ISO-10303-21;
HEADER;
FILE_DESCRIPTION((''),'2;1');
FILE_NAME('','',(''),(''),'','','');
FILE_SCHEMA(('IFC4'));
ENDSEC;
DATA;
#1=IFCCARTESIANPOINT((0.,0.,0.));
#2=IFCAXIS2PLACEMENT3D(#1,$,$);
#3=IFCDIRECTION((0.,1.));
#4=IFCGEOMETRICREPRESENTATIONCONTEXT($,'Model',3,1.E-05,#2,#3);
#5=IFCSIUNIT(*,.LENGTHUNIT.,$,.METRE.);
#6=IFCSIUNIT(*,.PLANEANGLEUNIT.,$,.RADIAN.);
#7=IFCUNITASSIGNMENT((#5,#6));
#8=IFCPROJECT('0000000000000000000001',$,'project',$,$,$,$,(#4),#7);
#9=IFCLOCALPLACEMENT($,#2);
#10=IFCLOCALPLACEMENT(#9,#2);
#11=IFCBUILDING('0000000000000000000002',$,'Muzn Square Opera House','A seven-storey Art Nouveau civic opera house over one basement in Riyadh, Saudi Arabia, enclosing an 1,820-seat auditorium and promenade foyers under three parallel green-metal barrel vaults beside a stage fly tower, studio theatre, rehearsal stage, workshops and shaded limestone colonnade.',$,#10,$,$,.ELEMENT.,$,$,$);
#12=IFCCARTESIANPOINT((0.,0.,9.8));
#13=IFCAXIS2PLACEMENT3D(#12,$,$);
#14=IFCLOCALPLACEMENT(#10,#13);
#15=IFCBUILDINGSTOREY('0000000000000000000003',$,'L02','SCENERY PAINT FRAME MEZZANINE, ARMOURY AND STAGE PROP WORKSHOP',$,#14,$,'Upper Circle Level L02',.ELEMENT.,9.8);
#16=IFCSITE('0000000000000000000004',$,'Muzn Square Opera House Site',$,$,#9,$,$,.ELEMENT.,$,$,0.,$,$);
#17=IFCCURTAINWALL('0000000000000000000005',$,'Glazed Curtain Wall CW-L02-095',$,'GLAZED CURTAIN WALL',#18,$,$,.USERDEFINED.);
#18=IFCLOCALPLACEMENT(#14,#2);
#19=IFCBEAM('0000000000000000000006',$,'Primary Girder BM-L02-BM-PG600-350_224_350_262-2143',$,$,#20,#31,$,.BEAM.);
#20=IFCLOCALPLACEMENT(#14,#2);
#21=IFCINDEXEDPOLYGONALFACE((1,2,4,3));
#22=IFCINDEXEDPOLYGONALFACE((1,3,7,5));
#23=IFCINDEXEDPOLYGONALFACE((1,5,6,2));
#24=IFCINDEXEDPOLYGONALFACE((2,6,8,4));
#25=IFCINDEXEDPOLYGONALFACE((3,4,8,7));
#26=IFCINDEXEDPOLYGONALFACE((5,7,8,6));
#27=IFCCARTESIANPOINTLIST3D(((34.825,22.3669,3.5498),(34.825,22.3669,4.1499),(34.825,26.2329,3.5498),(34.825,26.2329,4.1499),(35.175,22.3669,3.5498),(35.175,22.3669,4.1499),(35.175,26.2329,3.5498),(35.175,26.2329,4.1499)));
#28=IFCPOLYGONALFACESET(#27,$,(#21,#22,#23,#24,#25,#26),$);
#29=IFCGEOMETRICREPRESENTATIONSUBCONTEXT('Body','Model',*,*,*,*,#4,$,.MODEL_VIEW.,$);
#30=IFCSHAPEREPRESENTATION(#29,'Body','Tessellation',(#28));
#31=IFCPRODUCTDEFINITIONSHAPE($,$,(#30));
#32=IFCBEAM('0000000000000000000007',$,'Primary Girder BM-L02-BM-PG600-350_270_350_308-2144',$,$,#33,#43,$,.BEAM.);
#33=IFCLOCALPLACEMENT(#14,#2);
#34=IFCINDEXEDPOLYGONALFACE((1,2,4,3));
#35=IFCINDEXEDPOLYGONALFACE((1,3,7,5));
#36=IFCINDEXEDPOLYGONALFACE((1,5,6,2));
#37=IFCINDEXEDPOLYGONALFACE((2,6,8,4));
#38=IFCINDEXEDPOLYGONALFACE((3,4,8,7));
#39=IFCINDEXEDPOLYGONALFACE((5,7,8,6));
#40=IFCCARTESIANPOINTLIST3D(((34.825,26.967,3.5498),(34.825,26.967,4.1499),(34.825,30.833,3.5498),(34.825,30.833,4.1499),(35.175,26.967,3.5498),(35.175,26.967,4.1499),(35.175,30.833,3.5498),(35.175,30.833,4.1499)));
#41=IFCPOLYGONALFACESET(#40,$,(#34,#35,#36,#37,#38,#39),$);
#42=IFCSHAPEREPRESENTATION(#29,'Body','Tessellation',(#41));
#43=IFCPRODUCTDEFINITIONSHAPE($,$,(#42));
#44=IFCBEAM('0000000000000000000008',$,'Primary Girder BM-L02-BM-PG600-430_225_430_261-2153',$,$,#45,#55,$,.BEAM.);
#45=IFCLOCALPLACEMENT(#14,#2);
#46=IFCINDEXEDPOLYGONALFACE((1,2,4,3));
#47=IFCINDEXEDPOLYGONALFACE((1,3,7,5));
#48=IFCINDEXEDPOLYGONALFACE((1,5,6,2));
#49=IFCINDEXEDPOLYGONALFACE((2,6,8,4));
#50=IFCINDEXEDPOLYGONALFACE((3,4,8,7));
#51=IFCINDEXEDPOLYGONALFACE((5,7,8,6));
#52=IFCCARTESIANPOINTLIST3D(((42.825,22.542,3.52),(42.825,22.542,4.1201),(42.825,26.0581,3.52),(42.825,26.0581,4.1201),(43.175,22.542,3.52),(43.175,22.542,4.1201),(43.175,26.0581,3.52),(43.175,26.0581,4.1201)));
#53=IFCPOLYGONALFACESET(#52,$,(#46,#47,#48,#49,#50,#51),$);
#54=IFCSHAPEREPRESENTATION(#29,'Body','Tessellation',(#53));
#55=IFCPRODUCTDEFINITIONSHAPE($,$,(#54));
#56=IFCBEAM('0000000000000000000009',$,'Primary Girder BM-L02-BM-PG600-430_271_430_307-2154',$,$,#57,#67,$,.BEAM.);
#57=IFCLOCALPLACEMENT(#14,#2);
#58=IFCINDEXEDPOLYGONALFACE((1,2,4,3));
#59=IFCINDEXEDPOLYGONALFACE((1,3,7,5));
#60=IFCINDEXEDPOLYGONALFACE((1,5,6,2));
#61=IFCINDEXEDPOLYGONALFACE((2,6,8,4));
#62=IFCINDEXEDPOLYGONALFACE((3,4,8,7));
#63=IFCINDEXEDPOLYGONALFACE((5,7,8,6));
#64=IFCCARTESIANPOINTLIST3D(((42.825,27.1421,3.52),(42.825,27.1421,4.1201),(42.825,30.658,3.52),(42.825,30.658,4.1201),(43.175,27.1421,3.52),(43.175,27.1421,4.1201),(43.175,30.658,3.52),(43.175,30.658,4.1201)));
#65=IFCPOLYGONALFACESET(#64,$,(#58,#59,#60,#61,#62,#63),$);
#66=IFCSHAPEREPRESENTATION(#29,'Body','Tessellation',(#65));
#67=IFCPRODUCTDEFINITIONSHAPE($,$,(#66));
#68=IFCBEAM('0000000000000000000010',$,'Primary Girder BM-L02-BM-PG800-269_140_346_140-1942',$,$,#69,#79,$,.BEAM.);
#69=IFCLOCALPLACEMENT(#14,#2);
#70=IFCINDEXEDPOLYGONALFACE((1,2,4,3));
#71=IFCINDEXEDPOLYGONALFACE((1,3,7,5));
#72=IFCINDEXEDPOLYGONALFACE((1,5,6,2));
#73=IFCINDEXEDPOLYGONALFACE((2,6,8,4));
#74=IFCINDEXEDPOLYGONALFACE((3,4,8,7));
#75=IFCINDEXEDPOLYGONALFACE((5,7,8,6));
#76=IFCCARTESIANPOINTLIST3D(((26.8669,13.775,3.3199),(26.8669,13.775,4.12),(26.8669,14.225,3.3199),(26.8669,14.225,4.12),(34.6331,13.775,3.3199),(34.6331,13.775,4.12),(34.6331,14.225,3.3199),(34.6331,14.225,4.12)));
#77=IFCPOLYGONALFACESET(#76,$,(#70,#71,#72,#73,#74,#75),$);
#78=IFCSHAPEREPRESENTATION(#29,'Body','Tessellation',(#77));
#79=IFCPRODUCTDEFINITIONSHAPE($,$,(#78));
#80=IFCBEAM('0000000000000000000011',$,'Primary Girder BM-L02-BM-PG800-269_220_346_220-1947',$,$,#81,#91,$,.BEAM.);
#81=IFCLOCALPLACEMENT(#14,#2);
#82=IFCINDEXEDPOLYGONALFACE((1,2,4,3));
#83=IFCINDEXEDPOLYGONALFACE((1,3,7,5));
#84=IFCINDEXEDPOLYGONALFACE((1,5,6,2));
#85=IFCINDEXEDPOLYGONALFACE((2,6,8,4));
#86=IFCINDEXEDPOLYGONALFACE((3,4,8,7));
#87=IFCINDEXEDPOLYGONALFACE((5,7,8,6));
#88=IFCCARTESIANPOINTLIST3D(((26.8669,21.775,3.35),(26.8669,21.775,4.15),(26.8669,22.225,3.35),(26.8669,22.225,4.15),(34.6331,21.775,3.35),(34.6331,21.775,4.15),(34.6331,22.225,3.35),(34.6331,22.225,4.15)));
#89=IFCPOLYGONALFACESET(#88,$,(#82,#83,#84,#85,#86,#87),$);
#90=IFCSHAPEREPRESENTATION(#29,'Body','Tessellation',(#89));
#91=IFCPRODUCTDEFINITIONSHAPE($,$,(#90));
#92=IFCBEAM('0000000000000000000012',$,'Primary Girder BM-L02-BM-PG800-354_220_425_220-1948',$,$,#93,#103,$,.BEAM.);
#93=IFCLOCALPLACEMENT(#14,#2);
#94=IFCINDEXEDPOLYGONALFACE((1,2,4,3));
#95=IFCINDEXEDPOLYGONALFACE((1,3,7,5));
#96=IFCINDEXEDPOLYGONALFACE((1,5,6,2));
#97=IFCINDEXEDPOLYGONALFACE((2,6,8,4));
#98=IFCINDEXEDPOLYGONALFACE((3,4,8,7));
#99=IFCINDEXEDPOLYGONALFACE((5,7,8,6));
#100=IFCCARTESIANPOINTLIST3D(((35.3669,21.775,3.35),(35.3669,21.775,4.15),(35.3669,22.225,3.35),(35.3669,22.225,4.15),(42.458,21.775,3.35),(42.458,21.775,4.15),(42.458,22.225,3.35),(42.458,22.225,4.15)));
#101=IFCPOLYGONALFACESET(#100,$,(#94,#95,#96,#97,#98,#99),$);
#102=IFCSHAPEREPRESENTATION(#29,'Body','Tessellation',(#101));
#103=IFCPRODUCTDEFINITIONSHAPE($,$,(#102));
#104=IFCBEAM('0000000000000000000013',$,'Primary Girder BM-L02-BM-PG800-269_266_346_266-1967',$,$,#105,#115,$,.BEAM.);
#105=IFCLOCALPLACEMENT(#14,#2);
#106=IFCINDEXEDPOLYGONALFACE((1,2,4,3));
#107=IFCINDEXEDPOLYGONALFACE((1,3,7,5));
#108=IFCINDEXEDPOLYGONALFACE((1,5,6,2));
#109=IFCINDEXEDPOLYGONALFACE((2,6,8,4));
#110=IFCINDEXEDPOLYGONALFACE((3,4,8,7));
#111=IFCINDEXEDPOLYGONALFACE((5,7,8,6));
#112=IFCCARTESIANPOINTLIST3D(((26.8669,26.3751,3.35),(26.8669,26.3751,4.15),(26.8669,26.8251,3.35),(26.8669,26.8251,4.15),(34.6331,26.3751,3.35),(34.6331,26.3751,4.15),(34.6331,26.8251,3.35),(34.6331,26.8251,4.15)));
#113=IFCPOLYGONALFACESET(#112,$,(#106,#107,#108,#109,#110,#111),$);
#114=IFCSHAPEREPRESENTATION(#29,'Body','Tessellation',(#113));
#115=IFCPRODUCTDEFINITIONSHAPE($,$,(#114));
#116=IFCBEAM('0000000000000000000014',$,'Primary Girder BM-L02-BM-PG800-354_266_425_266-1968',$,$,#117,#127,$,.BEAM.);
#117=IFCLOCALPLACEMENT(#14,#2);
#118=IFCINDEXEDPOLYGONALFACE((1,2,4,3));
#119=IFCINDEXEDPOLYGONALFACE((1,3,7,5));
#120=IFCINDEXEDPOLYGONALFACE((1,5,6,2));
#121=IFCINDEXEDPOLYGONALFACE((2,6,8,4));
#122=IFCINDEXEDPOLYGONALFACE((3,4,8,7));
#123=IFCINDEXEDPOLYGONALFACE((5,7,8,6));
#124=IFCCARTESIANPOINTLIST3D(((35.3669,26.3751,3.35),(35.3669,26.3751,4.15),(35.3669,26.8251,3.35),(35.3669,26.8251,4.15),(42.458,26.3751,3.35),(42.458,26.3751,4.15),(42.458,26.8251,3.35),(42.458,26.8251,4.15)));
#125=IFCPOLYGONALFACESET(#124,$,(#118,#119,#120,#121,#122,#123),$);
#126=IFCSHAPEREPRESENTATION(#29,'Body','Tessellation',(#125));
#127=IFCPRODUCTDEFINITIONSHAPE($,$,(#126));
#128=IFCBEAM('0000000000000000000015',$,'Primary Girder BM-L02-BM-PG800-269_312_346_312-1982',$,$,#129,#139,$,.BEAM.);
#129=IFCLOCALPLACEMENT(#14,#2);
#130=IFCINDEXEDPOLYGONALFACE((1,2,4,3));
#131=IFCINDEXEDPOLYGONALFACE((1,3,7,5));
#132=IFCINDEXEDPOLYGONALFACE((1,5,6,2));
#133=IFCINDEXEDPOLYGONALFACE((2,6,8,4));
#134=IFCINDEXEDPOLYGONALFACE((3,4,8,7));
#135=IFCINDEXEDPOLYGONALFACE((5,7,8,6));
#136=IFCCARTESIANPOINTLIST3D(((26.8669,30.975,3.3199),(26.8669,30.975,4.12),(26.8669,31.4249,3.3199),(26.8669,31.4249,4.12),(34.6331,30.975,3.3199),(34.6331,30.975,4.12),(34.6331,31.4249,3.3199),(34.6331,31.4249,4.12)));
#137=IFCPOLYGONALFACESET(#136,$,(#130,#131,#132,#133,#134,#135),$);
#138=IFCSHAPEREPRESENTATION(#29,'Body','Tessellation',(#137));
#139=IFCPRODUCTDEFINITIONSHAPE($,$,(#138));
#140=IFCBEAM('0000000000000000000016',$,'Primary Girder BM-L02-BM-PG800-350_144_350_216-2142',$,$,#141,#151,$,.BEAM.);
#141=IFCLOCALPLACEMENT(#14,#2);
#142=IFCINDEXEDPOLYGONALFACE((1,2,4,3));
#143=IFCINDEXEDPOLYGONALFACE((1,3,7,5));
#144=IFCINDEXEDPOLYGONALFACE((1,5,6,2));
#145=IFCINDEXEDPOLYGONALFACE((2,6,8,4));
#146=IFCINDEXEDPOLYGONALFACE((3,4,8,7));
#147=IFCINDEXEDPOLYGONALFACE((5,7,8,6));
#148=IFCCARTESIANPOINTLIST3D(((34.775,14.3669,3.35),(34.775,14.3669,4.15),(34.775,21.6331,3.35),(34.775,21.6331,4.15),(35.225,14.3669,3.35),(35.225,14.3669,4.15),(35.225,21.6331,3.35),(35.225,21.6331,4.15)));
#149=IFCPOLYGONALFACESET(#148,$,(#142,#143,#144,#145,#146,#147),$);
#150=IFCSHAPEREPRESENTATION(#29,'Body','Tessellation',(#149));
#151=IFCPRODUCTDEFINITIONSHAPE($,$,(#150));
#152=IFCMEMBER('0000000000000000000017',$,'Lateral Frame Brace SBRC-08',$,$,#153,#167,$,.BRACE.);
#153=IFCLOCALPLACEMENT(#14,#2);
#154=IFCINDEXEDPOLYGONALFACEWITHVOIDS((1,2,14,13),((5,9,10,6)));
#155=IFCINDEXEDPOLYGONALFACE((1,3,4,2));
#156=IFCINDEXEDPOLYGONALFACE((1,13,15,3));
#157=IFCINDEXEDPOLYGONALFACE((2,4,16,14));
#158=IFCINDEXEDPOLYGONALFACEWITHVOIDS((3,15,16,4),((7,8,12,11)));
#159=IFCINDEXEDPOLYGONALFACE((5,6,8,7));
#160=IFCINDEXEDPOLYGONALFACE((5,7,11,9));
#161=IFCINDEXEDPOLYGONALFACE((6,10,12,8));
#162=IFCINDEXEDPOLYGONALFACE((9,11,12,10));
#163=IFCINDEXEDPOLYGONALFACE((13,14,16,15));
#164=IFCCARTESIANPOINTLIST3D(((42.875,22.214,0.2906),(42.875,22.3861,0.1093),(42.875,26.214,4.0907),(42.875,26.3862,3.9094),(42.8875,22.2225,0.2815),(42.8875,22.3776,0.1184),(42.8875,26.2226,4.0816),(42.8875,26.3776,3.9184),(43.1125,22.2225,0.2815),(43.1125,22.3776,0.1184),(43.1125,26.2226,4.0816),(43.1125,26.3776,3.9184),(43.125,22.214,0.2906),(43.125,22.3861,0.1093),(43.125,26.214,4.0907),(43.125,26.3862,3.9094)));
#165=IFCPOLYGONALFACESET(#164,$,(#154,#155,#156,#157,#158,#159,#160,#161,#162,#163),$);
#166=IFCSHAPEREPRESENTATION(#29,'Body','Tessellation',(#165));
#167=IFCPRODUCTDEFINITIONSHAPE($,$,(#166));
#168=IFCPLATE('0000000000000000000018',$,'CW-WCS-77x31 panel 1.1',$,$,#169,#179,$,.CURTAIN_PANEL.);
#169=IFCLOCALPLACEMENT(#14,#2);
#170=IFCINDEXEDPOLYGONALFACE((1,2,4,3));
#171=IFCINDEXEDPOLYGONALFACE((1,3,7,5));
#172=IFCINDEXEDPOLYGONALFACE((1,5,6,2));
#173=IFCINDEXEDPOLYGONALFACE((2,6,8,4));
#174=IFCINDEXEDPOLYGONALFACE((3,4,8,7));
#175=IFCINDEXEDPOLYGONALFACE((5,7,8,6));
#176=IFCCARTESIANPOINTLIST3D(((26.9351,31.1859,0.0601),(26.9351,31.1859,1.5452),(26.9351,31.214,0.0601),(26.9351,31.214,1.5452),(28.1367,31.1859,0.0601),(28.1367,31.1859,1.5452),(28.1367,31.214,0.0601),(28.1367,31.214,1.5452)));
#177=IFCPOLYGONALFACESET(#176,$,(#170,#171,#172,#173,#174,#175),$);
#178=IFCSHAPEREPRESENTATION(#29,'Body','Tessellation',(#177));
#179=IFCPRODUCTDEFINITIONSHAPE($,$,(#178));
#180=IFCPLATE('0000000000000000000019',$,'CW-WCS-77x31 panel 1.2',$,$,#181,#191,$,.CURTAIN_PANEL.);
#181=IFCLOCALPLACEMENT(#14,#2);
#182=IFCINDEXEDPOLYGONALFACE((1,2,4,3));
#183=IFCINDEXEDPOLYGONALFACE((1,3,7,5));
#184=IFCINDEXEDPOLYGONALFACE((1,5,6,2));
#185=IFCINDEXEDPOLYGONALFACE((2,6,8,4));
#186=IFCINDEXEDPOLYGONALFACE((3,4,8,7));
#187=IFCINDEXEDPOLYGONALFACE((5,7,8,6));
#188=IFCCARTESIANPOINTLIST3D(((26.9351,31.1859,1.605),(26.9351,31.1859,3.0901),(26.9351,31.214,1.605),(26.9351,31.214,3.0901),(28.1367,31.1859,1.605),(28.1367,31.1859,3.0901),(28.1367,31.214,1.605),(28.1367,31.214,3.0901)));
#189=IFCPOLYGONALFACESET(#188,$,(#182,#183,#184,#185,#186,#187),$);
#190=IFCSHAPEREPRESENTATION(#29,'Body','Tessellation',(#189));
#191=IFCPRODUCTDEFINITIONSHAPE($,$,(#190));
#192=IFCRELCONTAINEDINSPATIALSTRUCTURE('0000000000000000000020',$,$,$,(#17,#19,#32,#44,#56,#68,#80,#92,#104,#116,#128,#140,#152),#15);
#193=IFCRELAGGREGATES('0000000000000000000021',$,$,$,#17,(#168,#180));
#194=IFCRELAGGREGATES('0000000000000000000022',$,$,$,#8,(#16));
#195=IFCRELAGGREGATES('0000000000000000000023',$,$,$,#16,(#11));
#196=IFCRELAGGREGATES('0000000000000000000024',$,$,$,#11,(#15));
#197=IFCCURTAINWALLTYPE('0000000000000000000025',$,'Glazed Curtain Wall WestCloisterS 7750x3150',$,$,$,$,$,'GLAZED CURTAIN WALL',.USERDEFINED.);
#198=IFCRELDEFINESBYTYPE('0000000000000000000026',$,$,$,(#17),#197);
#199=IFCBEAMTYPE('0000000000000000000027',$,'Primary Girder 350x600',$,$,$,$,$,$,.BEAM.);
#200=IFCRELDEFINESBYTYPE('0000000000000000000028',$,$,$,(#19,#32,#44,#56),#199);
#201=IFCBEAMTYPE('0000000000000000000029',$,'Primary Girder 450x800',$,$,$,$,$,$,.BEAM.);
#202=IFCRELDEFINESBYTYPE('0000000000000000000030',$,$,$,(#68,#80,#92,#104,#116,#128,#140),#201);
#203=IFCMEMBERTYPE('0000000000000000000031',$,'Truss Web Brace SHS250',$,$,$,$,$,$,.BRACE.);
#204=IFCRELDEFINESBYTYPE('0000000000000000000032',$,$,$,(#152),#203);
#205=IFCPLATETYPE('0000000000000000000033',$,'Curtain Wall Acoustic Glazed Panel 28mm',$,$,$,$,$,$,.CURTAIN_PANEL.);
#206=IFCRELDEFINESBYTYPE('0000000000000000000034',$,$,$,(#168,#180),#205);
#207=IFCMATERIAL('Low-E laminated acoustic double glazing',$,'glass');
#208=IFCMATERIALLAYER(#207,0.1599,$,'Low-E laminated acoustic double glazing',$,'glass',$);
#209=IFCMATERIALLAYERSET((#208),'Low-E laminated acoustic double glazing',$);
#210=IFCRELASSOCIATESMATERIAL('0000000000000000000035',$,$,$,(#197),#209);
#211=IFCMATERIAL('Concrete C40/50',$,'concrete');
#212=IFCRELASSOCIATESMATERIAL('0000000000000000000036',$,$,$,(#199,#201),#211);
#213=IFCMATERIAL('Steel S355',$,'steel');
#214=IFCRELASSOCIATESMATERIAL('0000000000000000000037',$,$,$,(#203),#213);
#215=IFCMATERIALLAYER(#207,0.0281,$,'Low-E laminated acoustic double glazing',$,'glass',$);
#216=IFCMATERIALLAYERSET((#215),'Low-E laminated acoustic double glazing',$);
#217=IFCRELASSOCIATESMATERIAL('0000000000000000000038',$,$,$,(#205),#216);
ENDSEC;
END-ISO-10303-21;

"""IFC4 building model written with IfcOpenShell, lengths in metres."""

from ifc_helpers import new_model, si_unit, direction, frame, origin, origin_2d, place, context, subcontext, project, spatial, rectangle, hollow_rectangle, extrude, material, layer, layer_set, material_profile, profile_set, type_object, element, aggregate, save


model = new_model("IFC4")

# Units and contexts
model_context = context("Model", 3, precision=1e-05, world=origin(), true_north=direction((0.0, 1.0)))
body_context = subcontext(model_context, "Body", "Model", "MODEL_VIEW")
ifc_project = project(units=[si_unit("LENGTHUNIT", "METRE"), si_unit("PLANEANGLEUNIT", "RADIAN")], contexts=[model_context])

# Site, building, storey
site_placement = place(None, origin())
site = spatial("IfcSite", under=ifc_project, at=site_placement, Name="Muzn Square Opera House Site", CompositionType="ELEMENT", RefElevation=0.0)
building_placement = place(site_placement, origin())
building = spatial("IfcBuilding", under=site, at=building_placement, Name="Muzn Square Opera House", Description="A seven-storey Art Nouveau civic opera house over one basement in Riyadh, Saudi Arabia, enclosing an 1,820-seat auditorium and promenade foyers under three parallel green-metal barrel vaults beside a stage fly tower, studio theatre, rehearsal stage, workshops and shaded limestone colonnade.", CompositionType="ELEMENT")
storey_placement = place(building_placement, frame((0.0, 0.0, 9.8)))
storey = spatial("IfcBuildingStorey", under=building, at=storey_placement, Name="L02", Description="SCENERY PAINT FRAME MEZZANINE, ARMOURY AND STAGE PROP WORKSHOP", LongName="Upper Circle Level L02", CompositionType="ELEMENT", Elevation=9.8)

# Curtain wall
ifc_material_1 = material(Name="Low-E laminated acoustic double glazing", Category="glass")
ifc_layer_1 = layer(ifc_material_1, 0.1599, Name="Low-E laminated acoustic double glazing", Category="glass")
ifc_layer_set_1 = layer_set([ifc_layer_1], Name="Low-E laminated acoustic double glazing")
curtain_wall_type = type_object("IfcCurtainWallType", Name="Glazed Curtain Wall WestCloisterS 7750x3150", ElementType="GLAZED CURTAIN WALL", PredefinedType="USERDEFINED", material=ifc_layer_set_1)
curtain_wall_placement = place(storey_placement, origin())
curtain_wall = element("IfcCurtainWall", 1, at=curtain_wall_placement, inside=storey, type_object=curtain_wall_type, Name="Glazed Curtain Wall CW-L02-095", ObjectType="GLAZED CURTAIN WALL", PredefinedType="USERDEFINED")

# Beams
ifc_material_2 = material(Name="Concrete C40/50", Category="concrete")
ifc_material_profile_1 = material_profile(ifc_material_2, rectangle(XDim=0.3501, YDim=0.6001, at=origin_2d()), Name="RCB 350x600", Category="concrete")
ifc_profile_set_1 = profile_set([ifc_material_profile_1], Name="Concrete C40/50")
beam_type_1 = type_object("IfcBeamType", Name="Primary Girder 350x600", PredefinedType="BEAM", material=ifc_profile_set_1)
for number, where, z_axis, x_axis, name in (
    (2, (35.0, 22.3669, 3.8499), (0.0, 1.0, 0.0), (-1.0, 0.0, 0.0), "Primary Girder BM-L02-BM-PG600-350_224_350_262-2143"),
    (3, (35.0, 26.967, 3.8499), (0.0, 1.0, 0.0), (-1.0, 0.0, 0.0), "Primary Girder BM-L02-BM-PG600-350_270_350_308-2144"),
):
    element("IfcBeam", number, at=place(storey_placement, frame(where, z_axis=z_axis, x_axis=x_axis)), inside=storey, type_object=beam_type_1, Name=name, PredefinedType="BEAM", context=body_context, shape_type="SweptSolid", body=[
        extrude(rectangle(XDim=0.3501, YDim=0.6001, at=origin_2d()), origin(), (0.0, 0.0, 1.0), 3.866),
    ])
beam_1_placement = place(storey_placement, frame((43.0, 22.542, 3.8201), z_axis=(0.0, 1.0, 0.0), x_axis=(-1.0, 0.0, 0.0)))
element("IfcBeam", 4, at=beam_1_placement, inside=storey, type_object=beam_type_1, Name="Primary Girder BM-L02-BM-PG600-430_225_430_261-2153", PredefinedType="BEAM", context=body_context, shape_type="SweptSolid", body=[
    extrude(rectangle(XDim=0.3501, YDim=0.6001, at=origin_2d()), origin(), (0.0, 0.0, 1.0), 3.5161),
])
beam_2_placement = place(storey_placement, frame((43.0, 27.1421, 3.8201), z_axis=(0.0, 1.0, 0.0), x_axis=(-1.0, 0.0, 0.0)))
element("IfcBeam", 5, at=beam_2_placement, inside=storey, type_object=beam_type_1, Name="Primary Girder BM-L02-BM-PG600-430_271_430_307-2154", PredefinedType="BEAM", context=body_context, shape_type="SweptSolid", body=[
    extrude(rectangle(XDim=0.3501, YDim=0.6001, at=origin_2d()), origin(), (0.0, 0.0, 1.0), 3.5159),
])
ifc_material_profile_2 = material_profile(ifc_material_2, rectangle(XDim=0.45, YDim=0.8, at=origin_2d()), Name="RCB 450x800", Category="concrete")
ifc_profile_set_2 = profile_set([ifc_material_profile_2], Name="Concrete C40/50")
beam_type_2 = type_object("IfcBeamType", Name="Primary Girder 450x800", PredefinedType="BEAM", material=ifc_profile_set_2)
for number, where, z_axis, x_axis, name in (
    (6, (26.8669, 14.0, 3.72), (1.0, 0.0, 0.0), (0.0, 1.0, 0.0), "Primary Girder BM-L02-BM-PG800-269_140_346_140-1942"),
    (7, (26.8669, 22.0, 3.75), (1.0, 0.0, 0.0), (0.0, 1.0, 0.0), "Primary Girder BM-L02-BM-PG800-269_220_346_220-1947"),
):
    element("IfcBeam", number, at=place(storey_placement, frame(where, z_axis=z_axis, x_axis=x_axis)), inside=storey, type_object=beam_type_2, Name=name, PredefinedType="BEAM", context=body_context, shape_type="SweptSolid", body=[
        extrude(rectangle(XDim=0.45, YDim=0.8, at=origin_2d()), origin(), (0.0, 0.0, 1.0), 7.7661),
    ])
beam_3_placement = place(storey_placement, frame((35.3669, 22.0, 3.75), z_axis=(1.0, 0.0, 0.0), x_axis=(0.0, 1.0, 0.0)))
element("IfcBeam", 8, at=beam_3_placement, inside=storey, type_object=beam_type_2, Name="Primary Girder BM-L02-BM-PG800-354_220_425_220-1948", PredefinedType="BEAM", context=body_context, shape_type="SweptSolid", body=[
    extrude(rectangle(XDim=0.45, YDim=0.8, at=origin_2d()), origin(), (0.0, 0.0, 1.0), 7.0911),
])
beam_4_placement = place(storey_placement, frame((26.8669, 26.6001, 3.75), z_axis=(1.0, 0.0, 0.0), x_axis=(0.0, 1.0, 0.0)))
element("IfcBeam", 9, at=beam_4_placement, inside=storey, type_object=beam_type_2, Name="Primary Girder BM-L02-BM-PG800-269_266_346_266-1967", PredefinedType="BEAM", context=body_context, shape_type="SweptSolid", body=[
    extrude(rectangle(XDim=0.45, YDim=0.8, at=origin_2d()), origin(), (0.0, 0.0, 1.0), 7.7661),
])
beam_5_placement = place(storey_placement, frame((35.3669, 26.6001, 3.75), z_axis=(1.0, 0.0, 0.0), x_axis=(0.0, 1.0, 0.0)))
element("IfcBeam", 10, at=beam_5_placement, inside=storey, type_object=beam_type_2, Name="Primary Girder BM-L02-BM-PG800-354_266_425_266-1968", PredefinedType="BEAM", context=body_context, shape_type="SweptSolid", body=[
    extrude(rectangle(XDim=0.45, YDim=0.8, at=origin_2d()), origin(), (0.0, 0.0, 1.0), 7.0911),
])
beam_6_placement = place(storey_placement, frame((26.8669, 31.2, 3.72), z_axis=(1.0, 0.0, 0.0), x_axis=(0.0, 1.0, 0.0)))
element("IfcBeam", 11, at=beam_6_placement, inside=storey, type_object=beam_type_2, Name="Primary Girder BM-L02-BM-PG800-269_312_346_312-1982", PredefinedType="BEAM", context=body_context, shape_type="SweptSolid", body=[
    extrude(rectangle(XDim=0.45, YDim=0.8, at=origin_2d()), origin(), (0.0, 0.0, 1.0), 7.7661),
])
beam_7_placement = place(storey_placement, frame((35.0, 14.3669, 3.75), z_axis=(0.0, 1.0, 0.0), x_axis=(-1.0, 0.0, 0.0)))
element("IfcBeam", 12, at=beam_7_placement, inside=storey, type_object=beam_type_2, Name="Primary Girder BM-L02-BM-PG800-350_144_350_216-2142", PredefinedType="BEAM", context=body_context, shape_type="SweptSolid", body=[
    extrude(rectangle(XDim=0.45, YDim=0.8, at=origin_2d()), origin(), (0.0, 0.0, 1.0), 7.2661),
])

# Member
ifc_material_3 = material(Name="Steel S355", Category="steel")
ifc_material_profile_3 = material_profile(ifc_material_3, hollow_rectangle(XDim=0.25, YDim=0.25, WallThickness=0.0125, at=origin_2d()), Name="SHS 250x250x12.5", Category="steel")
ifc_profile_set_3 = profile_set([ifc_material_profile_3], Name="Steel S355")
member_type_1 = type_object("IfcMemberType", Name="Truss Web Brace SHS250", PredefinedType="BRACE", material=ifc_profile_set_3)
member_1_placement = place(storey_placement, frame((43.0, 22.3, 0.2), z_axis=(0.0, 0.724995, 0.688754), x_axis=(-1.0, 0.0, 0.0)))
element("IfcMember", 13, at=member_1_placement, inside=storey, type_object=member_type_1, Name="Lateral Frame Brace SBRC-08", PredefinedType="BRACE", context=body_context, shape_type="SweptSolid", body=[
    extrude(hollow_rectangle(XDim=0.25, YDim=0.25, WallThickness=0.0125, at=origin_2d()), origin(), (0.0, 0.0, 1.0), 5.5173),
])

# Plates
ifc_layer_2 = layer(ifc_material_1, 0.0281, Name="Low-E laminated acoustic double glazing", Category="glass")
ifc_layer_set_2 = layer_set([ifc_layer_2], Name="Low-E laminated acoustic double glazing")
plate_type_1 = type_object("IfcPlateType", Name="Curtain Wall Acoustic Glazed Panel 28mm", PredefinedType="CURTAIN_PANEL", material=ifc_layer_set_2)
plate_1_placement = place(storey_placement, frame((27.5359, 31.2, 0.0601), z_axis=(0.0, 0.0, 1.0), x_axis=(1.0, 0.0, 0.0)))
plate_1 = element("IfcPlate", 14, at=plate_1_placement, type_object=plate_type_1, Name="CW-WCS-77x31 panel 1.1", PredefinedType="CURTAIN_PANEL", context=body_context, shape_type="SweptSolid", body=[
    extrude(rectangle(XDim=1.2017, YDim=0.0281, at=origin_2d()), origin(), (0.0, 0.0, 1.0), 1.4851),
])
plate_2_placement = place(storey_placement, frame((27.5359, 31.2, 1.605), z_axis=(0.0, 0.0, 1.0), x_axis=(1.0, 0.0, 0.0)))
plate_2 = element("IfcPlate", 15, at=plate_2_placement, type_object=plate_type_1, Name="CW-WCS-77x31 panel 1.2", PredefinedType="CURTAIN_PANEL", context=body_context, shape_type="SweptSolid", body=[
    extrude(rectangle(XDim=1.2017, YDim=0.0281, at=origin_2d()), origin(), (0.0, 0.0, 1.0), 1.4851),
])
aggregate(curtain_wall, [plate_1, plate_2])

save(model, "model.ifc")
